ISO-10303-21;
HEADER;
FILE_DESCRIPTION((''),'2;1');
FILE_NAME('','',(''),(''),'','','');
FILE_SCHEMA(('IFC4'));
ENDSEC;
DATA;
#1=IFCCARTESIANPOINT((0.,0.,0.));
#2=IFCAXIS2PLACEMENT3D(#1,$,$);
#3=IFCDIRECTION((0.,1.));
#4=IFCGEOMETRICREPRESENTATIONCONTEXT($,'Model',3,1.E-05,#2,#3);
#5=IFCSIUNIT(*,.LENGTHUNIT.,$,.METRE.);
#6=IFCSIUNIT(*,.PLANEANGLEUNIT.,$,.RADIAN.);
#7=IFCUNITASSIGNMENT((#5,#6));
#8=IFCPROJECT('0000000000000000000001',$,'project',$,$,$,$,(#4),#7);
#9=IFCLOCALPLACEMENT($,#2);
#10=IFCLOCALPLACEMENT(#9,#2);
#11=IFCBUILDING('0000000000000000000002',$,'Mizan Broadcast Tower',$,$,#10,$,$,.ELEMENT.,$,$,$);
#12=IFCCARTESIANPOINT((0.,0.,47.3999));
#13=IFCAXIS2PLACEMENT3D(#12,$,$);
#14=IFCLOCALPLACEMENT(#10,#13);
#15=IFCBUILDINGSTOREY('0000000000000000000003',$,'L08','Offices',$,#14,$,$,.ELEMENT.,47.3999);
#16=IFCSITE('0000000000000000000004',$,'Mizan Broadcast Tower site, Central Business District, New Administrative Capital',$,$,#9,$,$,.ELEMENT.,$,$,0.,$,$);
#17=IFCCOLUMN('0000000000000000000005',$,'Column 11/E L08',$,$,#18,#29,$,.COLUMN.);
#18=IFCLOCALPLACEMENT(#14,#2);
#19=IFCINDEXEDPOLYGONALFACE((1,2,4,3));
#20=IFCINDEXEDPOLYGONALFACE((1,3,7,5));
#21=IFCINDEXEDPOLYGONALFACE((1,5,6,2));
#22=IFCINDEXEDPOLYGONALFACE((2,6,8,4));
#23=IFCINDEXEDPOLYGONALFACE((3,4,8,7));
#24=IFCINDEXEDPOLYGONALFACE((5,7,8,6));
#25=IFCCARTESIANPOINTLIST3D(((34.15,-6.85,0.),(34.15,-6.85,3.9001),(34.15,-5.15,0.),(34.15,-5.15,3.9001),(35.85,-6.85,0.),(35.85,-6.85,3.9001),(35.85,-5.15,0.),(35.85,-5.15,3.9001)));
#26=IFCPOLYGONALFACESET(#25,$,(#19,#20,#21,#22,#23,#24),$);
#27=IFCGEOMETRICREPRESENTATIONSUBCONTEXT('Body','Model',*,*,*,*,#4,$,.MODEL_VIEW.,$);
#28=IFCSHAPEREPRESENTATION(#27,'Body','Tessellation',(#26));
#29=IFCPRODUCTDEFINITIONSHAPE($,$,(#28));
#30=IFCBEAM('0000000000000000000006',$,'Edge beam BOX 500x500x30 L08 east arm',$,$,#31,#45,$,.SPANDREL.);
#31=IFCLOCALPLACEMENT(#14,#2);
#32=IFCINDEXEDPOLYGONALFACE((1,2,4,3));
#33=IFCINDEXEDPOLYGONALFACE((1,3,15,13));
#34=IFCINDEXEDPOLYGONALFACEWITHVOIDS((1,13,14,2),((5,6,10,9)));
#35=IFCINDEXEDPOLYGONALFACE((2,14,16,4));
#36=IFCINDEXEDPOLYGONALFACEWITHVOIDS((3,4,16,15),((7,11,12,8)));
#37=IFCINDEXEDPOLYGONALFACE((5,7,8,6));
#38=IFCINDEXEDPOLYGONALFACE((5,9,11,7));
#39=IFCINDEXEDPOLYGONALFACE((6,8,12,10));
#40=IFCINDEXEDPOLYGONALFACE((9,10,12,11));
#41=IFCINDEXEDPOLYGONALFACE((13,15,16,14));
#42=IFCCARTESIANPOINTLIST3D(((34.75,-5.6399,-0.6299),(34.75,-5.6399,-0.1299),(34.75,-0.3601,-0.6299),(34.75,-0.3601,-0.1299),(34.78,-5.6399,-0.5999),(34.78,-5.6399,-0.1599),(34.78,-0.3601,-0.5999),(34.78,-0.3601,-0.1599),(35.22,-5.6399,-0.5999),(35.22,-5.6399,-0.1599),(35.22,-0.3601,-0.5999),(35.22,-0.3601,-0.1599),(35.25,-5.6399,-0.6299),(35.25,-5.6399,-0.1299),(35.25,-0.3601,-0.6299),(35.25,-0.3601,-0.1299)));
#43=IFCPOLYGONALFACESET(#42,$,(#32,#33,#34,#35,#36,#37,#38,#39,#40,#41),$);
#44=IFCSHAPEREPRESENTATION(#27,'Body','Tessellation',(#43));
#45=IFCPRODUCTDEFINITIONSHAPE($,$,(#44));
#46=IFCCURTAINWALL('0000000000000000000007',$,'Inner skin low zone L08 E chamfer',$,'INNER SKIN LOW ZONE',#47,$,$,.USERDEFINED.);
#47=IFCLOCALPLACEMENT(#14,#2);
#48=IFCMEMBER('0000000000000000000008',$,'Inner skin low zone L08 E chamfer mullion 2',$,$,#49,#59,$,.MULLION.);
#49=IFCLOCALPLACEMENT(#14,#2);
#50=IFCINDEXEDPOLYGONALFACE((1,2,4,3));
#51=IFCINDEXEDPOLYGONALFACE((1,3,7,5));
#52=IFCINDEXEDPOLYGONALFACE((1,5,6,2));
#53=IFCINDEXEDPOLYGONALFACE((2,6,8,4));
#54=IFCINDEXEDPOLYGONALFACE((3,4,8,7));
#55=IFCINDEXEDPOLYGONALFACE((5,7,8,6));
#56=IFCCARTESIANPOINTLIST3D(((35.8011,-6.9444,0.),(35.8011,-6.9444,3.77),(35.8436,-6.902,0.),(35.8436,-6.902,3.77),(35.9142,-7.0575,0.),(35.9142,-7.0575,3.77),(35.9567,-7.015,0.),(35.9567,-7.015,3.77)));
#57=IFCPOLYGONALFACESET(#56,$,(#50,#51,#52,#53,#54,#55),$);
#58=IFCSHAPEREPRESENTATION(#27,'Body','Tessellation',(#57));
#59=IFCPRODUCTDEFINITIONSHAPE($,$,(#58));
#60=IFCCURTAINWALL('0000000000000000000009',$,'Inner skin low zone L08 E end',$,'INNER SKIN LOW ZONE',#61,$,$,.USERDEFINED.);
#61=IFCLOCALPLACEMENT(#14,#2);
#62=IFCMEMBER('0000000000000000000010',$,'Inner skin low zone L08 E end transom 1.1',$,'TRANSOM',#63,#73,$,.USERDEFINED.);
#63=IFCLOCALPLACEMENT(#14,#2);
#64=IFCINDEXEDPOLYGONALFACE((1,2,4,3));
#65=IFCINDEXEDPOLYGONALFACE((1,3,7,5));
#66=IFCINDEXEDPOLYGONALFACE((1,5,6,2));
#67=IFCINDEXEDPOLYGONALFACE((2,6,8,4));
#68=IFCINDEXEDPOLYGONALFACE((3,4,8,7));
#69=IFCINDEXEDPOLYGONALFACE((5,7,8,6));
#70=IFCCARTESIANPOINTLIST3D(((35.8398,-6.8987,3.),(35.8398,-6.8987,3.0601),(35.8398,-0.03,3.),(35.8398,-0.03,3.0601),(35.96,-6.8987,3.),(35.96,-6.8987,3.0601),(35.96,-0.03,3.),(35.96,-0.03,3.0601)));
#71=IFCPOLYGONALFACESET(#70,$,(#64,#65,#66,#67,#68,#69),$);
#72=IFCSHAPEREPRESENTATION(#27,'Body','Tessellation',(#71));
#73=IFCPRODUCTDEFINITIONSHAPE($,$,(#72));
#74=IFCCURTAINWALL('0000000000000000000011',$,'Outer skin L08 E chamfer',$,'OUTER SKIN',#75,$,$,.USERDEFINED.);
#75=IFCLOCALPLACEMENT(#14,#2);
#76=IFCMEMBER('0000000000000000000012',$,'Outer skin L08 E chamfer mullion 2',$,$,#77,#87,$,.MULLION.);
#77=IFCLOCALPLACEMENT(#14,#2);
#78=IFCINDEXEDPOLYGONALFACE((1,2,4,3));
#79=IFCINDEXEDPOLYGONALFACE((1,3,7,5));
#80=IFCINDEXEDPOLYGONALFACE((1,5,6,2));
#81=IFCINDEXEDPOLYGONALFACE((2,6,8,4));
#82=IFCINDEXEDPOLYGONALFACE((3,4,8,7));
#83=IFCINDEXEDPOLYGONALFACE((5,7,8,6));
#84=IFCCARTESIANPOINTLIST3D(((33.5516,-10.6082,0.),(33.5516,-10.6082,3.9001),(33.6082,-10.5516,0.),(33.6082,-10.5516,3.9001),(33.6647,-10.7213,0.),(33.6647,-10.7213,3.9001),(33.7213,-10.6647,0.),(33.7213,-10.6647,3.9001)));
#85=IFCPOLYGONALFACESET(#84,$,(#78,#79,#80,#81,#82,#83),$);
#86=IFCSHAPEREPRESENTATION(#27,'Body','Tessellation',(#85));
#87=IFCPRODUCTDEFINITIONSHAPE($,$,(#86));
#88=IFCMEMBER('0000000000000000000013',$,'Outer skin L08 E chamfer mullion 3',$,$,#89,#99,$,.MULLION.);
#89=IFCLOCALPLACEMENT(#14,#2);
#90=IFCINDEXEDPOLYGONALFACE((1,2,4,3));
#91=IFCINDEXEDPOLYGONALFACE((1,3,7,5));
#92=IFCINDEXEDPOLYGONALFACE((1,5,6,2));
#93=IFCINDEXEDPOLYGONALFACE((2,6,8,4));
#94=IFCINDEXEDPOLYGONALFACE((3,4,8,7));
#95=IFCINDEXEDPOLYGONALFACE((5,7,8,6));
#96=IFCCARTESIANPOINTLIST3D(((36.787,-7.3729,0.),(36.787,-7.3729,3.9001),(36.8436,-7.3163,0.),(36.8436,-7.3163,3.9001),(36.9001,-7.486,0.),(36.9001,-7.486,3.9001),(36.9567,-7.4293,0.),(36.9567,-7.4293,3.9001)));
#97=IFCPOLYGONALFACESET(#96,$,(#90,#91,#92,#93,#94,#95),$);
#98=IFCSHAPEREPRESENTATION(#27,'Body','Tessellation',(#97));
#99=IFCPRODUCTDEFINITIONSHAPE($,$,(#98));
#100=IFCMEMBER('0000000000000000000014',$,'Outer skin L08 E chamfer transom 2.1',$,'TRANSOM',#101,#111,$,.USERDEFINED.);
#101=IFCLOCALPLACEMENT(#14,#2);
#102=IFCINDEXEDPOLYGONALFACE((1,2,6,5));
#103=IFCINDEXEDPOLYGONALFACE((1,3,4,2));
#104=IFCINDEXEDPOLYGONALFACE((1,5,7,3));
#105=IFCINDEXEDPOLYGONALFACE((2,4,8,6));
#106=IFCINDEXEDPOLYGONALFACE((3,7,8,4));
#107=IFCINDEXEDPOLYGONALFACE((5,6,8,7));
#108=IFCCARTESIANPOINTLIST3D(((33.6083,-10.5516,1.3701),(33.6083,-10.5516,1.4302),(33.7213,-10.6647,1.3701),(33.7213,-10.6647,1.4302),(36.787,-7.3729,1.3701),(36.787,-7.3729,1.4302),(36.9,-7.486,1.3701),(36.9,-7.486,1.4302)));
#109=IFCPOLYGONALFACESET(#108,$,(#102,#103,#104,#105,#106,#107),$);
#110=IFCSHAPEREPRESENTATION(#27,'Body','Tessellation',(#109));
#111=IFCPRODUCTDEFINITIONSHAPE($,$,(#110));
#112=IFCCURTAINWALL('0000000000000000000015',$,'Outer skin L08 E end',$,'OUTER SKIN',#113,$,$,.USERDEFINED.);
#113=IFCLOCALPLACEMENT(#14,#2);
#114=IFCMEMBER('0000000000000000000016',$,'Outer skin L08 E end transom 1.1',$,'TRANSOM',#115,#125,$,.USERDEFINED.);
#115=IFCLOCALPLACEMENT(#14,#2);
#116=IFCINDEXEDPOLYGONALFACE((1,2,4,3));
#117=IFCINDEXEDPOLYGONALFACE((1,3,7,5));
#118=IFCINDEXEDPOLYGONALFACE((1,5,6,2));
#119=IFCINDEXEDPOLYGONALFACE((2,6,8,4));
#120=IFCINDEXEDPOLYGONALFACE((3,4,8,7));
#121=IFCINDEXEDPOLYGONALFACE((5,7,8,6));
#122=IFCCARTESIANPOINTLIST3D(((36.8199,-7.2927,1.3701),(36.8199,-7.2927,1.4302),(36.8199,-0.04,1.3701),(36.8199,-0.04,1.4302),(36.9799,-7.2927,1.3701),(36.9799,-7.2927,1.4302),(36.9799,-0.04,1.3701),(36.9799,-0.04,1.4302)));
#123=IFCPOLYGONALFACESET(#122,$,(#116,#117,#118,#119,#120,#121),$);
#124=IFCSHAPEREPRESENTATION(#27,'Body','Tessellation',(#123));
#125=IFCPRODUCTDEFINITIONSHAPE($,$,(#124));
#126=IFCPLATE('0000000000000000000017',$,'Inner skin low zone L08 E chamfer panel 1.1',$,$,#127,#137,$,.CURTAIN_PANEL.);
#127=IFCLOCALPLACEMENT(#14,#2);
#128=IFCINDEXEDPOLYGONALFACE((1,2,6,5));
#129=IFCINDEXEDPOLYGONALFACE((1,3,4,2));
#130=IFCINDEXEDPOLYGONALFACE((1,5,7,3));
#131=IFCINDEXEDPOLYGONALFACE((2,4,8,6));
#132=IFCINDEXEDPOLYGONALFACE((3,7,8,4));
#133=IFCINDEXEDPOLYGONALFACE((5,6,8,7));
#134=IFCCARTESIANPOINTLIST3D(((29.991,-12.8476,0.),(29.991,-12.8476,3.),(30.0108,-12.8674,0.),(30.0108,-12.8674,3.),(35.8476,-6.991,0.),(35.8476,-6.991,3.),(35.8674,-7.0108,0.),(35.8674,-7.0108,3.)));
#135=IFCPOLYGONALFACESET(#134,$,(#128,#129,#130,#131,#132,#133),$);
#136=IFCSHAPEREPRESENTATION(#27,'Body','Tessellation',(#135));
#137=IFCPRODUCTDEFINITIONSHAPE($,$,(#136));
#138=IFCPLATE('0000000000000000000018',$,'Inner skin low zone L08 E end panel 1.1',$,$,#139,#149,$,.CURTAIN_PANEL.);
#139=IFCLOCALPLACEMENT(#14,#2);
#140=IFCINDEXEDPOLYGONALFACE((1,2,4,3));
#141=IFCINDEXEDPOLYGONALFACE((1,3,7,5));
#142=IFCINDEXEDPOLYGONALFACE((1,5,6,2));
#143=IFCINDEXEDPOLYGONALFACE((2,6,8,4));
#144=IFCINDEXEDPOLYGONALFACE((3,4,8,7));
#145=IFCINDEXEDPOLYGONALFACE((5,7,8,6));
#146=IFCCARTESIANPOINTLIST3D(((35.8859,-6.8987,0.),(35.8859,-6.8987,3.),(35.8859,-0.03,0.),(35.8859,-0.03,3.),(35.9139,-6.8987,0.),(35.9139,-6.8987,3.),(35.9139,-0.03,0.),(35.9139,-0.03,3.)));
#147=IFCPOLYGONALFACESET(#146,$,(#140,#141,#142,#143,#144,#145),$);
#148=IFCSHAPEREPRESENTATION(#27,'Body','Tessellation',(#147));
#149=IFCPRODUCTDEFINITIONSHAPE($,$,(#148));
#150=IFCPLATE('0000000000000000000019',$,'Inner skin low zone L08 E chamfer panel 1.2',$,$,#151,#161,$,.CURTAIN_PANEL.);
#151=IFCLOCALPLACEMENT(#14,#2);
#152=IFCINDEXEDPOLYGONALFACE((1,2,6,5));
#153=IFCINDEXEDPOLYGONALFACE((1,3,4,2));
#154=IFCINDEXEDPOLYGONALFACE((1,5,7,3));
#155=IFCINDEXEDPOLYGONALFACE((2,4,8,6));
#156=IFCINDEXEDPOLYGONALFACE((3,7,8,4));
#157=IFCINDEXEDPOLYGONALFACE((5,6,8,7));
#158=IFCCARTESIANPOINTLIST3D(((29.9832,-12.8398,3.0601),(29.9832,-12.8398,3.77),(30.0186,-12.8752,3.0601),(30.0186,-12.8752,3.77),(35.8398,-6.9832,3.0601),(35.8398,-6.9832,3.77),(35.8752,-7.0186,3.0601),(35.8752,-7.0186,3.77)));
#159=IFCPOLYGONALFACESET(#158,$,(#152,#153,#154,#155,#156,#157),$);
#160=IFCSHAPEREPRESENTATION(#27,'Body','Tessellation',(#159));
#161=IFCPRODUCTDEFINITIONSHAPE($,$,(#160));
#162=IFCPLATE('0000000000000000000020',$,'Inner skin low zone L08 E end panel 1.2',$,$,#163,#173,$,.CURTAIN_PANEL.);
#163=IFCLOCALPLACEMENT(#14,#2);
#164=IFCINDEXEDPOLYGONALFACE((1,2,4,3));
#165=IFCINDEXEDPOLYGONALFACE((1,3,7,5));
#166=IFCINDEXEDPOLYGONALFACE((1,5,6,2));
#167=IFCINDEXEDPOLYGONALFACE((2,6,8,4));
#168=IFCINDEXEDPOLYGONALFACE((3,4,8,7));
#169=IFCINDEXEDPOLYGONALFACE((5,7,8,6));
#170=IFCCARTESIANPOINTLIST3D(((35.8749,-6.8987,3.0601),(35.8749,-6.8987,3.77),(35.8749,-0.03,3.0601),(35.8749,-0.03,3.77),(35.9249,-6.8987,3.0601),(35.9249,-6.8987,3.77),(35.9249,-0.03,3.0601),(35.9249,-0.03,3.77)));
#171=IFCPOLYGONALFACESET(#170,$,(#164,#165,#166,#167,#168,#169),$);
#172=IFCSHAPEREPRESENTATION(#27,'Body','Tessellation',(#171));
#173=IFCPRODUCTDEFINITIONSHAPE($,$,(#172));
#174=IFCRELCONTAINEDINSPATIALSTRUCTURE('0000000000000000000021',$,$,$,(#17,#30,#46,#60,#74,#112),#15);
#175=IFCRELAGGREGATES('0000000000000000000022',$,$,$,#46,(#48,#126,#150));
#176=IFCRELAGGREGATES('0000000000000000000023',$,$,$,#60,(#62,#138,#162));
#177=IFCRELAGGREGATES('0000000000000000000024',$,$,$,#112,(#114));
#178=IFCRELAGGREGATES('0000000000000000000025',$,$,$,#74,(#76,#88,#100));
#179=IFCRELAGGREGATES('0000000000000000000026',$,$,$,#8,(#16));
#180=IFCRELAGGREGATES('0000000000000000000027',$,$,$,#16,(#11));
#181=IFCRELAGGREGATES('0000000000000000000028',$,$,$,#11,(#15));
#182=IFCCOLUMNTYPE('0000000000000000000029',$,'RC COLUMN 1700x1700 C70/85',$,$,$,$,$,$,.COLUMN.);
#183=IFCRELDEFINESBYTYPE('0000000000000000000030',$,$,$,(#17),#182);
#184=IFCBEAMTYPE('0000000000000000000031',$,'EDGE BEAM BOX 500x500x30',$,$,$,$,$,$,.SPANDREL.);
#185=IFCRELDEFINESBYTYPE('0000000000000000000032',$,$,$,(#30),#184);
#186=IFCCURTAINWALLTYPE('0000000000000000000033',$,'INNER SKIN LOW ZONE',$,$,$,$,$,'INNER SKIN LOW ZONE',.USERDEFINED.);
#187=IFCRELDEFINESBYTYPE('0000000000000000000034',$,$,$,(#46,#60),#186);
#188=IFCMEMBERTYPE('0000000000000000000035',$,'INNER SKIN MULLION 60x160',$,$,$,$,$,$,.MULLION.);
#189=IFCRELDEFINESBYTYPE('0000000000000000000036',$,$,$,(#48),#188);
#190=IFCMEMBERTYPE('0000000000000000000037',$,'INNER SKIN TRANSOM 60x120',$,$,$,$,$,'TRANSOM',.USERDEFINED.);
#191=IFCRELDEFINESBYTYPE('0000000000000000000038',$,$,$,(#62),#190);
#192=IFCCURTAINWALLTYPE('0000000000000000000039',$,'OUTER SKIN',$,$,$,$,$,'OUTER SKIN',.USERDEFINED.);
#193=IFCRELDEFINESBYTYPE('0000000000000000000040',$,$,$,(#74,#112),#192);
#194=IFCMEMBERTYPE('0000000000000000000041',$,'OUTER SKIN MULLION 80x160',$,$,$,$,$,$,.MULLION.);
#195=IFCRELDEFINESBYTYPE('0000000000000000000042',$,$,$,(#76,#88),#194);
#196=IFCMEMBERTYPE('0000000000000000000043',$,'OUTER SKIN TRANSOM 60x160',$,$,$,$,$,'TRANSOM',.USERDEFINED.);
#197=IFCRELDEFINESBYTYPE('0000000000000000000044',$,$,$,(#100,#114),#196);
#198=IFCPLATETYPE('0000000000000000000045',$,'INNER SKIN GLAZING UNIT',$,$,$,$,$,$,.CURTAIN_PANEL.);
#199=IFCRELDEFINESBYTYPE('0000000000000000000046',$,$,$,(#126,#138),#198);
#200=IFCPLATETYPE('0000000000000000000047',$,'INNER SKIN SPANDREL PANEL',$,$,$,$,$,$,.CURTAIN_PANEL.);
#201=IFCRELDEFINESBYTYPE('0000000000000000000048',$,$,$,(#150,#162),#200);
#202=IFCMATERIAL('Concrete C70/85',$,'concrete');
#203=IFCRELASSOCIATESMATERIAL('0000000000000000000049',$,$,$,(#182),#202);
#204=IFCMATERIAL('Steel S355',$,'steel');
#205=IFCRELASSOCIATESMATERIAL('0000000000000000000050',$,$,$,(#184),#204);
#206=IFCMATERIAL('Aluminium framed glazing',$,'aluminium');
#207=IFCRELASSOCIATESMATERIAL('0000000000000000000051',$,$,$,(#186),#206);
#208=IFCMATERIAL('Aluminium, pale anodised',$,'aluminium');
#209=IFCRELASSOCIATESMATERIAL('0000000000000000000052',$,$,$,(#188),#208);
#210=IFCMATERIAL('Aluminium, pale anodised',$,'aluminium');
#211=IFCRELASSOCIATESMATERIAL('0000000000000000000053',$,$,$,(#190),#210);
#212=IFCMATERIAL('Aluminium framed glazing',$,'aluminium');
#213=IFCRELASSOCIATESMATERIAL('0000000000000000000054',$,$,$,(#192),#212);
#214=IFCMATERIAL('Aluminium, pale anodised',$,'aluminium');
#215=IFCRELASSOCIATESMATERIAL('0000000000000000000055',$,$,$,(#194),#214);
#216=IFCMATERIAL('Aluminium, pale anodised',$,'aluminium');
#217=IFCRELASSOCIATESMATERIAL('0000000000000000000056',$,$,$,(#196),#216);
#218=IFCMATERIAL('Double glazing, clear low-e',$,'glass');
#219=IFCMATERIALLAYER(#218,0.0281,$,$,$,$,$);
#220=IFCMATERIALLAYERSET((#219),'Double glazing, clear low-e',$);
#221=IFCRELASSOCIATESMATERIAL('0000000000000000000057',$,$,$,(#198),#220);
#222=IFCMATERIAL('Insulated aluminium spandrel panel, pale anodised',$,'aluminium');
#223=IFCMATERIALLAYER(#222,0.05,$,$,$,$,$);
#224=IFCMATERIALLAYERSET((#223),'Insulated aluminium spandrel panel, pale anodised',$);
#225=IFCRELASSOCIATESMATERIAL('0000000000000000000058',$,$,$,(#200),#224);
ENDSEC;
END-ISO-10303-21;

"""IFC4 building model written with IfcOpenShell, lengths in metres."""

from ifc_helpers import new_model, si_unit, direction, frame, origin, origin_2d, place, context, subcontext, project, spatial, rectangle, hollow_rectangle, extrude, material, layer, layer_set, material_profile, profile_set, type_object, element, aggregate, save


model = new_model("IFC4")

# Units and contexts
model_context = context("Model", 3, precision=1e-05, world=origin(), true_north=direction((0.0, 1.0)))
body_context = subcontext(model_context, "Body", "Model", "MODEL_VIEW")
ifc_project = project(units=[si_unit("LENGTHUNIT", "METRE"), si_unit("PLANEANGLEUNIT", "RADIAN")], contexts=[model_context])

# Site, building, storey
site_placement = place(None, origin())
site = spatial("IfcSite", under=ifc_project, at=site_placement, Name="Mizan Broadcast Tower site, Central Business District, New Administrative Capital", CompositionType="ELEMENT", RefElevation=0.0)
building_placement = place(site_placement, origin())
building = spatial("IfcBuilding", under=site, at=building_placement, Name="Mizan Broadcast Tower", CompositionType="ELEMENT")
storey_placement = place(building_placement, frame((0.0, 0.0, 47.3999)))
storey = spatial("IfcBuildingStorey", under=building, at=storey_placement, Name="L08", Description="Offices", CompositionType="ELEMENT", Elevation=47.3999)

# Column
ifc_material_1 = material(Name="Concrete C70/85", Category="concrete")
ifc_material_profile_1 = material_profile(ifc_material_1, rectangle(XDim=1.7, YDim=1.7, at=origin_2d()), Name="RC 1700x1700")
ifc_profile_set_1 = profile_set([ifc_material_profile_1], Name="Concrete C70/85")
column_type = type_object("IfcColumnType", Name="RC COLUMN 1700x1700 C70/85", PredefinedType="COLUMN", material=ifc_profile_set_1)
column_placement = place(storey_placement, frame((35.0, -6.0, 0.0), z_axis=(0.0, 0.0, 1.0), x_axis=(1.0, 0.0, 0.0)))
element("IfcColumn", 1, at=column_placement, inside=storey, type_object=column_type, Name="Column 11/E L08", PredefinedType="COLUMN", context=body_context, shape_type="SweptSolid", body=[
    extrude(rectangle(XDim=1.7, YDim=1.7, at=origin_2d()), origin(), (0.0, 0.0, 1.0), 3.9001),
])

# Beam
ifc_material_2 = material(Name="Steel S355", Category="steel")
ifc_material_profile_2 = material_profile(ifc_material_2, hollow_rectangle(XDim=0.5, YDim=0.5, WallThickness=0.03, at=origin_2d()), Name="BOX 500x500x30")
ifc_profile_set_2 = profile_set([ifc_material_profile_2], Name="Steel S355")
beam_type = type_object("IfcBeamType", Name="EDGE BEAM BOX 500x500x30", PredefinedType="SPANDREL", material=ifc_profile_set_2)
beam_placement = place(storey_placement, frame((35.0, -5.6399, -0.3799), z_axis=(0.0, 1.0, 0.0), x_axis=(-1.0, 0.0, 0.0)))
element("IfcBeam", 2, at=beam_placement, inside=storey, type_object=beam_type, Name="Edge beam BOX 500x500x30 L08 east arm", PredefinedType="SPANDREL", context=body_context, shape_type="SweptSolid", body=[
    extrude(hollow_rectangle(XDim=0.5, YDim=0.5, WallThickness=0.03, at=origin_2d()), origin(), (0.0, 0.0, 1.0), 5.2798),
])

# Curtain walls, members
ifc_material_3 = material(Name="Aluminium framed glazing", Category="aluminium")
curtain_wall_type_1 = type_object("IfcCurtainWallType", Name="INNER SKIN LOW ZONE", ElementType="INNER SKIN LOW ZONE", PredefinedType="USERDEFINED", material=ifc_material_3)
curtain_wall_1_placement = place(storey_placement, origin())
curtain_wall_1 = element("IfcCurtainWall", 3, at=curtain_wall_1_placement, inside=storey, type_object=curtain_wall_type_1, Name="Inner skin low zone L08 E chamfer", ObjectType="INNER SKIN LOW ZONE", PredefinedType="USERDEFINED")
ifc_material_4 = material(Name="Aluminium, pale anodised", Category="aluminium")
ifc_material_profile_3 = material_profile(ifc_material_4, rectangle(XDim=0.1599, YDim=0.0601, at=origin_2d()), Name="MULLION 160x60")
ifc_profile_set_3 = profile_set([ifc_material_profile_3], Name="Aluminium, pale anodised")
member_type_1 = type_object("IfcMemberType", Name="INNER SKIN MULLION 60x160", PredefinedType="MULLION", material=ifc_profile_set_3)
member_1_placement = place(storey_placement, frame((35.8789, -6.9797, 0.0), z_axis=(0.0, 0.0, 1.0), x_axis=(-0.707107, 0.707107, 0.0)))
member_1 = element("IfcMember", 4, at=member_1_placement, type_object=member_type_1, Name="Inner skin low zone L08 E chamfer mullion 2", PredefinedType="MULLION", context=body_context, shape_type="SweptSolid", body=[
    extrude(rectangle(XDim=0.1599, YDim=0.0601, at=origin_2d()), origin(), (0.0, 0.0, 1.0), 3.77),
])
curtain_wall_2_placement = place(storey_placement, origin())
curtain_wall_2 = element("IfcCurtainWall", 5, at=curtain_wall_2_placement, inside=storey, type_object=curtain_wall_type_1, Name="Inner skin low zone L08 E end", ObjectType="INNER SKIN LOW ZONE", PredefinedType="USERDEFINED")
ifc_material_5 = material(Name="Aluminium, pale anodised", Category="aluminium")
ifc_material_profile_4 = material_profile(ifc_material_5, rectangle(XDim=0.1201, YDim=0.0601, at=origin_2d()), Name="TRANSOM 120x60")
ifc_profile_set_4 = profile_set([ifc_material_profile_4], Name="Aluminium, pale anodised")
member_type_2 = type_object("IfcMemberType", Name="INNER SKIN TRANSOM 60x120", ElementType="TRANSOM", PredefinedType="USERDEFINED", material=ifc_profile_set_4)
member_2_placement = place(storey_placement, frame((35.8999, -6.8987, 3.03), z_axis=(0.0, 1.0, 0.0), x_axis=(-1.0, 0.0, 0.0)))
member_2 = element("IfcMember", 6, at=member_2_placement, type_object=member_type_2, Name="Inner skin low zone L08 E end transom 1.1", ObjectType="TRANSOM", PredefinedType="USERDEFINED", context=body_context, shape_type="SweptSolid", body=[
    extrude(rectangle(XDim=0.1201, YDim=0.0601, at=origin_2d()), origin(), (0.0, 0.0, 1.0), 6.8687),
])

# Curtain wall, members
ifc_material_6 = material(Name="Aluminium framed glazing", Category="aluminium")
curtain_wall_type_2 = type_object("IfcCurtainWallType", Name="OUTER SKIN", ElementType="OUTER SKIN", PredefinedType="USERDEFINED", material=ifc_material_6)
curtain_wall_3_placement = place(storey_placement, origin())
curtain_wall_3 = element("IfcCurtainWall", 7, at=curtain_wall_3_placement, inside=storey, type_object=curtain_wall_type_2, Name="Outer skin L08 E chamfer", ObjectType="OUTER SKIN", PredefinedType="USERDEFINED")
ifc_material_7 = material(Name="Aluminium, pale anodised", Category="aluminium")
ifc_material_profile_5 = material_profile(ifc_material_7, rectangle(XDim=0.1599, YDim=0.0801, at=origin_2d()), Name="MULLION 160x80")
ifc_profile_set_5 = profile_set([ifc_material_profile_5], Name="Aluminium, pale anodised")
member_type_3 = type_object("IfcMemberType", Name="OUTER SKIN MULLION 80x160", PredefinedType="MULLION", material=ifc_profile_set_5)
member_3_placement = place(storey_placement, frame((33.6365, -10.6365, 0.0), z_axis=(0.0, 0.0, 1.0), x_axis=(-0.707107, 0.707107, 0.0)))
member_3 = element("IfcMember", 8, at=member_3_placement, type_object=member_type_3, Name="Outer skin L08 E chamfer mullion 2", PredefinedType="MULLION", context=body_context, shape_type="SweptSolid", body=[
    extrude(rectangle(XDim=0.1599, YDim=0.0801, at=origin_2d()), origin(), (0.0, 0.0, 1.0), 3.9001),
])
member_4_placement = place(storey_placement, frame((36.8718, -7.4011, 0.0), z_axis=(0.0, 0.0, 1.0), x_axis=(-0.707107, 0.707107, 0.0)))
member_4 = element("IfcMember", 9, at=member_4_placement, type_object=member_type_3, Name="Outer skin L08 E chamfer mullion 3", PredefinedType="MULLION", context=body_context, shape_type="SweptSolid", body=[
    extrude(rectangle(XDim=0.1599, YDim=0.0801, at=origin_2d()), origin(), (0.0, 0.0, 1.0), 3.9001),
])
ifc_material_8 = material(Name="Aluminium, pale anodised", Category="aluminium")
ifc_material_profile_6 = material_profile(ifc_material_8, rectangle(XDim=0.1599, YDim=0.0601, at=origin_2d()), Name="TRANSOM 160x60")
ifc_profile_set_6 = profile_set([ifc_material_profile_6], Name="Aluminium, pale anodised")
member_type_4 = type_object("IfcMemberType", Name="OUTER SKIN TRANSOM 60x160", ElementType="TRANSOM", PredefinedType="USERDEFINED", material=ifc_profile_set_6)
member_5_placement = place(storey_placement, frame((33.6648, -10.6082, 1.4001), z_axis=(0.707107, 0.707107, 0.0), x_axis=(-0.707107, 0.707107, 0.0)))
member_5 = element("IfcMember", 10, at=member_5_placement, type_object=member_type_4, Name="Outer skin L08 E chamfer transom 2.1", ObjectType="TRANSOM", PredefinedType="USERDEFINED", context=body_context, shape_type="SweptSolid", body=[
    extrude(rectangle(XDim=0.1599, YDim=0.0601, at=origin_2d()), origin(), (0.0, 0.0, 1.0), 4.4954),
])

# Curtain wall, member
curtain_wall_4_placement = place(storey_placement, origin())
curtain_wall_4 = element("IfcCurtainWall", 11, at=curtain_wall_4_placement, inside=storey, type_object=curtain_wall_type_2, Name="Outer skin L08 E end", ObjectType="OUTER SKIN", PredefinedType="USERDEFINED")
member_6_placement = place(storey_placement, frame((36.8999, -7.2927, 1.4001), z_axis=(0.0, 1.0, 0.0), x_axis=(-1.0, 0.0, 0.0)))
member_6 = element("IfcMember", 12, at=member_6_placement, type_object=member_type_4, Name="Outer skin L08 E end transom 1.1", ObjectType="TRANSOM", PredefinedType="USERDEFINED", context=body_context, shape_type="SweptSolid", body=[
    extrude(rectangle(XDim=0.1599, YDim=0.0601, at=origin_2d()), origin(), (0.0, 0.0, 1.0), 7.2527),
])

# Plates
ifc_material_9 = material(Name="Double glazing, clear low-e", Category="glass")
ifc_layer_1 = layer(ifc_material_9, 0.0281)
ifc_layer_set_1 = layer_set([ifc_layer_1], Name="Double glazing, clear low-e")
plate_type_1 = type_object("IfcPlateType", Name="INNER SKIN GLAZING UNIT", PredefinedType="CURTAIN_PANEL", material=ifc_layer_set_1)
plate_1_placement = place(storey_placement, frame((32.9292, -9.9292, 0.0), z_axis=(0.0, 0.0, 1.0), x_axis=(0.707107, 0.707107, 0.0)))
plate_1 = element("IfcPlate", 13, at=plate_1_placement, type_object=plate_type_1, Name="Inner skin low zone L08 E chamfer panel 1.1", PredefinedType="CURTAIN_PANEL", context=body_context, shape_type="SweptSolid", body=[
    extrude(rectangle(XDim=8.2825, YDim=0.0281, at=origin_2d()), origin(), (0.0, 0.0, 1.0), 3.0),
])
plate_2_placement = place(storey_placement, frame((35.8999, -3.4644, 0.0), z_axis=(0.0, 0.0, 1.0), x_axis=(0.0, 1.0, 0.0)))
plate_2 = element("IfcPlate", 14, at=plate_2_placement, type_object=plate_type_1, Name="Inner skin low zone L08 E end panel 1.1", PredefinedType="CURTAIN_PANEL", context=body_context, shape_type="SweptSolid", body=[
    extrude(rectangle(XDim=6.8687, YDim=0.0281, at=origin_2d()), origin(), (0.0, 0.0, 1.0), 3.0),
])
ifc_material_10 = material(Name="Insulated aluminium spandrel panel, pale anodised", Category="aluminium")
ifc_layer_2 = layer(ifc_material_10, 0.05)
ifc_layer_set_2 = layer_set([ifc_layer_2], Name="Insulated aluminium spandrel panel, pale anodised")
plate_type_2 = type_object("IfcPlateType", Name="INNER SKIN SPANDREL PANEL", PredefinedType="CURTAIN_PANEL", material=ifc_layer_set_2)
plate_3_placement = place(storey_placement, frame((32.9292, -9.9292, 3.0601), z_axis=(0.0, 0.0, 1.0), x_axis=(0.707107, 0.707107, 0.0)))
plate_3 = element("IfcPlate", 15, at=plate_3_placement, type_object=plate_type_2, Name="Inner skin low zone L08 E chamfer panel 1.2", PredefinedType="CURTAIN_PANEL", context=body_context, shape_type="SweptSolid", body=[
    extrude(rectangle(XDim=8.2825, YDim=0.05, at=origin_2d()), origin(), (0.0, 0.0, 1.0), 0.71),
])
aggregate(curtain_wall_1, [member_1, plate_1, plate_3])
plate_4_placement = place(storey_placement, frame((35.8999, -3.4644, 3.0601), z_axis=(0.0, 0.0, 1.0), x_axis=(0.0, 1.0, 0.0)))
plate_4 = element("IfcPlate", 16, at=plate_4_placement, type_object=plate_type_2, Name="Inner skin low zone L08 E end panel 1.2", PredefinedType="CURTAIN_PANEL", context=body_context, shape_type="SweptSolid", body=[
    extrude(rectangle(XDim=6.8687, YDim=0.05, at=origin_2d()), origin(), (0.0, 0.0, 1.0), 0.71),
])
aggregate(curtain_wall_2, [member_2, plate_2, plate_4])
aggregate(curtain_wall_4, [member_6])
aggregate(curtain_wall_3, [member_3, member_4, member_5])

save(model, "model.ifc")
